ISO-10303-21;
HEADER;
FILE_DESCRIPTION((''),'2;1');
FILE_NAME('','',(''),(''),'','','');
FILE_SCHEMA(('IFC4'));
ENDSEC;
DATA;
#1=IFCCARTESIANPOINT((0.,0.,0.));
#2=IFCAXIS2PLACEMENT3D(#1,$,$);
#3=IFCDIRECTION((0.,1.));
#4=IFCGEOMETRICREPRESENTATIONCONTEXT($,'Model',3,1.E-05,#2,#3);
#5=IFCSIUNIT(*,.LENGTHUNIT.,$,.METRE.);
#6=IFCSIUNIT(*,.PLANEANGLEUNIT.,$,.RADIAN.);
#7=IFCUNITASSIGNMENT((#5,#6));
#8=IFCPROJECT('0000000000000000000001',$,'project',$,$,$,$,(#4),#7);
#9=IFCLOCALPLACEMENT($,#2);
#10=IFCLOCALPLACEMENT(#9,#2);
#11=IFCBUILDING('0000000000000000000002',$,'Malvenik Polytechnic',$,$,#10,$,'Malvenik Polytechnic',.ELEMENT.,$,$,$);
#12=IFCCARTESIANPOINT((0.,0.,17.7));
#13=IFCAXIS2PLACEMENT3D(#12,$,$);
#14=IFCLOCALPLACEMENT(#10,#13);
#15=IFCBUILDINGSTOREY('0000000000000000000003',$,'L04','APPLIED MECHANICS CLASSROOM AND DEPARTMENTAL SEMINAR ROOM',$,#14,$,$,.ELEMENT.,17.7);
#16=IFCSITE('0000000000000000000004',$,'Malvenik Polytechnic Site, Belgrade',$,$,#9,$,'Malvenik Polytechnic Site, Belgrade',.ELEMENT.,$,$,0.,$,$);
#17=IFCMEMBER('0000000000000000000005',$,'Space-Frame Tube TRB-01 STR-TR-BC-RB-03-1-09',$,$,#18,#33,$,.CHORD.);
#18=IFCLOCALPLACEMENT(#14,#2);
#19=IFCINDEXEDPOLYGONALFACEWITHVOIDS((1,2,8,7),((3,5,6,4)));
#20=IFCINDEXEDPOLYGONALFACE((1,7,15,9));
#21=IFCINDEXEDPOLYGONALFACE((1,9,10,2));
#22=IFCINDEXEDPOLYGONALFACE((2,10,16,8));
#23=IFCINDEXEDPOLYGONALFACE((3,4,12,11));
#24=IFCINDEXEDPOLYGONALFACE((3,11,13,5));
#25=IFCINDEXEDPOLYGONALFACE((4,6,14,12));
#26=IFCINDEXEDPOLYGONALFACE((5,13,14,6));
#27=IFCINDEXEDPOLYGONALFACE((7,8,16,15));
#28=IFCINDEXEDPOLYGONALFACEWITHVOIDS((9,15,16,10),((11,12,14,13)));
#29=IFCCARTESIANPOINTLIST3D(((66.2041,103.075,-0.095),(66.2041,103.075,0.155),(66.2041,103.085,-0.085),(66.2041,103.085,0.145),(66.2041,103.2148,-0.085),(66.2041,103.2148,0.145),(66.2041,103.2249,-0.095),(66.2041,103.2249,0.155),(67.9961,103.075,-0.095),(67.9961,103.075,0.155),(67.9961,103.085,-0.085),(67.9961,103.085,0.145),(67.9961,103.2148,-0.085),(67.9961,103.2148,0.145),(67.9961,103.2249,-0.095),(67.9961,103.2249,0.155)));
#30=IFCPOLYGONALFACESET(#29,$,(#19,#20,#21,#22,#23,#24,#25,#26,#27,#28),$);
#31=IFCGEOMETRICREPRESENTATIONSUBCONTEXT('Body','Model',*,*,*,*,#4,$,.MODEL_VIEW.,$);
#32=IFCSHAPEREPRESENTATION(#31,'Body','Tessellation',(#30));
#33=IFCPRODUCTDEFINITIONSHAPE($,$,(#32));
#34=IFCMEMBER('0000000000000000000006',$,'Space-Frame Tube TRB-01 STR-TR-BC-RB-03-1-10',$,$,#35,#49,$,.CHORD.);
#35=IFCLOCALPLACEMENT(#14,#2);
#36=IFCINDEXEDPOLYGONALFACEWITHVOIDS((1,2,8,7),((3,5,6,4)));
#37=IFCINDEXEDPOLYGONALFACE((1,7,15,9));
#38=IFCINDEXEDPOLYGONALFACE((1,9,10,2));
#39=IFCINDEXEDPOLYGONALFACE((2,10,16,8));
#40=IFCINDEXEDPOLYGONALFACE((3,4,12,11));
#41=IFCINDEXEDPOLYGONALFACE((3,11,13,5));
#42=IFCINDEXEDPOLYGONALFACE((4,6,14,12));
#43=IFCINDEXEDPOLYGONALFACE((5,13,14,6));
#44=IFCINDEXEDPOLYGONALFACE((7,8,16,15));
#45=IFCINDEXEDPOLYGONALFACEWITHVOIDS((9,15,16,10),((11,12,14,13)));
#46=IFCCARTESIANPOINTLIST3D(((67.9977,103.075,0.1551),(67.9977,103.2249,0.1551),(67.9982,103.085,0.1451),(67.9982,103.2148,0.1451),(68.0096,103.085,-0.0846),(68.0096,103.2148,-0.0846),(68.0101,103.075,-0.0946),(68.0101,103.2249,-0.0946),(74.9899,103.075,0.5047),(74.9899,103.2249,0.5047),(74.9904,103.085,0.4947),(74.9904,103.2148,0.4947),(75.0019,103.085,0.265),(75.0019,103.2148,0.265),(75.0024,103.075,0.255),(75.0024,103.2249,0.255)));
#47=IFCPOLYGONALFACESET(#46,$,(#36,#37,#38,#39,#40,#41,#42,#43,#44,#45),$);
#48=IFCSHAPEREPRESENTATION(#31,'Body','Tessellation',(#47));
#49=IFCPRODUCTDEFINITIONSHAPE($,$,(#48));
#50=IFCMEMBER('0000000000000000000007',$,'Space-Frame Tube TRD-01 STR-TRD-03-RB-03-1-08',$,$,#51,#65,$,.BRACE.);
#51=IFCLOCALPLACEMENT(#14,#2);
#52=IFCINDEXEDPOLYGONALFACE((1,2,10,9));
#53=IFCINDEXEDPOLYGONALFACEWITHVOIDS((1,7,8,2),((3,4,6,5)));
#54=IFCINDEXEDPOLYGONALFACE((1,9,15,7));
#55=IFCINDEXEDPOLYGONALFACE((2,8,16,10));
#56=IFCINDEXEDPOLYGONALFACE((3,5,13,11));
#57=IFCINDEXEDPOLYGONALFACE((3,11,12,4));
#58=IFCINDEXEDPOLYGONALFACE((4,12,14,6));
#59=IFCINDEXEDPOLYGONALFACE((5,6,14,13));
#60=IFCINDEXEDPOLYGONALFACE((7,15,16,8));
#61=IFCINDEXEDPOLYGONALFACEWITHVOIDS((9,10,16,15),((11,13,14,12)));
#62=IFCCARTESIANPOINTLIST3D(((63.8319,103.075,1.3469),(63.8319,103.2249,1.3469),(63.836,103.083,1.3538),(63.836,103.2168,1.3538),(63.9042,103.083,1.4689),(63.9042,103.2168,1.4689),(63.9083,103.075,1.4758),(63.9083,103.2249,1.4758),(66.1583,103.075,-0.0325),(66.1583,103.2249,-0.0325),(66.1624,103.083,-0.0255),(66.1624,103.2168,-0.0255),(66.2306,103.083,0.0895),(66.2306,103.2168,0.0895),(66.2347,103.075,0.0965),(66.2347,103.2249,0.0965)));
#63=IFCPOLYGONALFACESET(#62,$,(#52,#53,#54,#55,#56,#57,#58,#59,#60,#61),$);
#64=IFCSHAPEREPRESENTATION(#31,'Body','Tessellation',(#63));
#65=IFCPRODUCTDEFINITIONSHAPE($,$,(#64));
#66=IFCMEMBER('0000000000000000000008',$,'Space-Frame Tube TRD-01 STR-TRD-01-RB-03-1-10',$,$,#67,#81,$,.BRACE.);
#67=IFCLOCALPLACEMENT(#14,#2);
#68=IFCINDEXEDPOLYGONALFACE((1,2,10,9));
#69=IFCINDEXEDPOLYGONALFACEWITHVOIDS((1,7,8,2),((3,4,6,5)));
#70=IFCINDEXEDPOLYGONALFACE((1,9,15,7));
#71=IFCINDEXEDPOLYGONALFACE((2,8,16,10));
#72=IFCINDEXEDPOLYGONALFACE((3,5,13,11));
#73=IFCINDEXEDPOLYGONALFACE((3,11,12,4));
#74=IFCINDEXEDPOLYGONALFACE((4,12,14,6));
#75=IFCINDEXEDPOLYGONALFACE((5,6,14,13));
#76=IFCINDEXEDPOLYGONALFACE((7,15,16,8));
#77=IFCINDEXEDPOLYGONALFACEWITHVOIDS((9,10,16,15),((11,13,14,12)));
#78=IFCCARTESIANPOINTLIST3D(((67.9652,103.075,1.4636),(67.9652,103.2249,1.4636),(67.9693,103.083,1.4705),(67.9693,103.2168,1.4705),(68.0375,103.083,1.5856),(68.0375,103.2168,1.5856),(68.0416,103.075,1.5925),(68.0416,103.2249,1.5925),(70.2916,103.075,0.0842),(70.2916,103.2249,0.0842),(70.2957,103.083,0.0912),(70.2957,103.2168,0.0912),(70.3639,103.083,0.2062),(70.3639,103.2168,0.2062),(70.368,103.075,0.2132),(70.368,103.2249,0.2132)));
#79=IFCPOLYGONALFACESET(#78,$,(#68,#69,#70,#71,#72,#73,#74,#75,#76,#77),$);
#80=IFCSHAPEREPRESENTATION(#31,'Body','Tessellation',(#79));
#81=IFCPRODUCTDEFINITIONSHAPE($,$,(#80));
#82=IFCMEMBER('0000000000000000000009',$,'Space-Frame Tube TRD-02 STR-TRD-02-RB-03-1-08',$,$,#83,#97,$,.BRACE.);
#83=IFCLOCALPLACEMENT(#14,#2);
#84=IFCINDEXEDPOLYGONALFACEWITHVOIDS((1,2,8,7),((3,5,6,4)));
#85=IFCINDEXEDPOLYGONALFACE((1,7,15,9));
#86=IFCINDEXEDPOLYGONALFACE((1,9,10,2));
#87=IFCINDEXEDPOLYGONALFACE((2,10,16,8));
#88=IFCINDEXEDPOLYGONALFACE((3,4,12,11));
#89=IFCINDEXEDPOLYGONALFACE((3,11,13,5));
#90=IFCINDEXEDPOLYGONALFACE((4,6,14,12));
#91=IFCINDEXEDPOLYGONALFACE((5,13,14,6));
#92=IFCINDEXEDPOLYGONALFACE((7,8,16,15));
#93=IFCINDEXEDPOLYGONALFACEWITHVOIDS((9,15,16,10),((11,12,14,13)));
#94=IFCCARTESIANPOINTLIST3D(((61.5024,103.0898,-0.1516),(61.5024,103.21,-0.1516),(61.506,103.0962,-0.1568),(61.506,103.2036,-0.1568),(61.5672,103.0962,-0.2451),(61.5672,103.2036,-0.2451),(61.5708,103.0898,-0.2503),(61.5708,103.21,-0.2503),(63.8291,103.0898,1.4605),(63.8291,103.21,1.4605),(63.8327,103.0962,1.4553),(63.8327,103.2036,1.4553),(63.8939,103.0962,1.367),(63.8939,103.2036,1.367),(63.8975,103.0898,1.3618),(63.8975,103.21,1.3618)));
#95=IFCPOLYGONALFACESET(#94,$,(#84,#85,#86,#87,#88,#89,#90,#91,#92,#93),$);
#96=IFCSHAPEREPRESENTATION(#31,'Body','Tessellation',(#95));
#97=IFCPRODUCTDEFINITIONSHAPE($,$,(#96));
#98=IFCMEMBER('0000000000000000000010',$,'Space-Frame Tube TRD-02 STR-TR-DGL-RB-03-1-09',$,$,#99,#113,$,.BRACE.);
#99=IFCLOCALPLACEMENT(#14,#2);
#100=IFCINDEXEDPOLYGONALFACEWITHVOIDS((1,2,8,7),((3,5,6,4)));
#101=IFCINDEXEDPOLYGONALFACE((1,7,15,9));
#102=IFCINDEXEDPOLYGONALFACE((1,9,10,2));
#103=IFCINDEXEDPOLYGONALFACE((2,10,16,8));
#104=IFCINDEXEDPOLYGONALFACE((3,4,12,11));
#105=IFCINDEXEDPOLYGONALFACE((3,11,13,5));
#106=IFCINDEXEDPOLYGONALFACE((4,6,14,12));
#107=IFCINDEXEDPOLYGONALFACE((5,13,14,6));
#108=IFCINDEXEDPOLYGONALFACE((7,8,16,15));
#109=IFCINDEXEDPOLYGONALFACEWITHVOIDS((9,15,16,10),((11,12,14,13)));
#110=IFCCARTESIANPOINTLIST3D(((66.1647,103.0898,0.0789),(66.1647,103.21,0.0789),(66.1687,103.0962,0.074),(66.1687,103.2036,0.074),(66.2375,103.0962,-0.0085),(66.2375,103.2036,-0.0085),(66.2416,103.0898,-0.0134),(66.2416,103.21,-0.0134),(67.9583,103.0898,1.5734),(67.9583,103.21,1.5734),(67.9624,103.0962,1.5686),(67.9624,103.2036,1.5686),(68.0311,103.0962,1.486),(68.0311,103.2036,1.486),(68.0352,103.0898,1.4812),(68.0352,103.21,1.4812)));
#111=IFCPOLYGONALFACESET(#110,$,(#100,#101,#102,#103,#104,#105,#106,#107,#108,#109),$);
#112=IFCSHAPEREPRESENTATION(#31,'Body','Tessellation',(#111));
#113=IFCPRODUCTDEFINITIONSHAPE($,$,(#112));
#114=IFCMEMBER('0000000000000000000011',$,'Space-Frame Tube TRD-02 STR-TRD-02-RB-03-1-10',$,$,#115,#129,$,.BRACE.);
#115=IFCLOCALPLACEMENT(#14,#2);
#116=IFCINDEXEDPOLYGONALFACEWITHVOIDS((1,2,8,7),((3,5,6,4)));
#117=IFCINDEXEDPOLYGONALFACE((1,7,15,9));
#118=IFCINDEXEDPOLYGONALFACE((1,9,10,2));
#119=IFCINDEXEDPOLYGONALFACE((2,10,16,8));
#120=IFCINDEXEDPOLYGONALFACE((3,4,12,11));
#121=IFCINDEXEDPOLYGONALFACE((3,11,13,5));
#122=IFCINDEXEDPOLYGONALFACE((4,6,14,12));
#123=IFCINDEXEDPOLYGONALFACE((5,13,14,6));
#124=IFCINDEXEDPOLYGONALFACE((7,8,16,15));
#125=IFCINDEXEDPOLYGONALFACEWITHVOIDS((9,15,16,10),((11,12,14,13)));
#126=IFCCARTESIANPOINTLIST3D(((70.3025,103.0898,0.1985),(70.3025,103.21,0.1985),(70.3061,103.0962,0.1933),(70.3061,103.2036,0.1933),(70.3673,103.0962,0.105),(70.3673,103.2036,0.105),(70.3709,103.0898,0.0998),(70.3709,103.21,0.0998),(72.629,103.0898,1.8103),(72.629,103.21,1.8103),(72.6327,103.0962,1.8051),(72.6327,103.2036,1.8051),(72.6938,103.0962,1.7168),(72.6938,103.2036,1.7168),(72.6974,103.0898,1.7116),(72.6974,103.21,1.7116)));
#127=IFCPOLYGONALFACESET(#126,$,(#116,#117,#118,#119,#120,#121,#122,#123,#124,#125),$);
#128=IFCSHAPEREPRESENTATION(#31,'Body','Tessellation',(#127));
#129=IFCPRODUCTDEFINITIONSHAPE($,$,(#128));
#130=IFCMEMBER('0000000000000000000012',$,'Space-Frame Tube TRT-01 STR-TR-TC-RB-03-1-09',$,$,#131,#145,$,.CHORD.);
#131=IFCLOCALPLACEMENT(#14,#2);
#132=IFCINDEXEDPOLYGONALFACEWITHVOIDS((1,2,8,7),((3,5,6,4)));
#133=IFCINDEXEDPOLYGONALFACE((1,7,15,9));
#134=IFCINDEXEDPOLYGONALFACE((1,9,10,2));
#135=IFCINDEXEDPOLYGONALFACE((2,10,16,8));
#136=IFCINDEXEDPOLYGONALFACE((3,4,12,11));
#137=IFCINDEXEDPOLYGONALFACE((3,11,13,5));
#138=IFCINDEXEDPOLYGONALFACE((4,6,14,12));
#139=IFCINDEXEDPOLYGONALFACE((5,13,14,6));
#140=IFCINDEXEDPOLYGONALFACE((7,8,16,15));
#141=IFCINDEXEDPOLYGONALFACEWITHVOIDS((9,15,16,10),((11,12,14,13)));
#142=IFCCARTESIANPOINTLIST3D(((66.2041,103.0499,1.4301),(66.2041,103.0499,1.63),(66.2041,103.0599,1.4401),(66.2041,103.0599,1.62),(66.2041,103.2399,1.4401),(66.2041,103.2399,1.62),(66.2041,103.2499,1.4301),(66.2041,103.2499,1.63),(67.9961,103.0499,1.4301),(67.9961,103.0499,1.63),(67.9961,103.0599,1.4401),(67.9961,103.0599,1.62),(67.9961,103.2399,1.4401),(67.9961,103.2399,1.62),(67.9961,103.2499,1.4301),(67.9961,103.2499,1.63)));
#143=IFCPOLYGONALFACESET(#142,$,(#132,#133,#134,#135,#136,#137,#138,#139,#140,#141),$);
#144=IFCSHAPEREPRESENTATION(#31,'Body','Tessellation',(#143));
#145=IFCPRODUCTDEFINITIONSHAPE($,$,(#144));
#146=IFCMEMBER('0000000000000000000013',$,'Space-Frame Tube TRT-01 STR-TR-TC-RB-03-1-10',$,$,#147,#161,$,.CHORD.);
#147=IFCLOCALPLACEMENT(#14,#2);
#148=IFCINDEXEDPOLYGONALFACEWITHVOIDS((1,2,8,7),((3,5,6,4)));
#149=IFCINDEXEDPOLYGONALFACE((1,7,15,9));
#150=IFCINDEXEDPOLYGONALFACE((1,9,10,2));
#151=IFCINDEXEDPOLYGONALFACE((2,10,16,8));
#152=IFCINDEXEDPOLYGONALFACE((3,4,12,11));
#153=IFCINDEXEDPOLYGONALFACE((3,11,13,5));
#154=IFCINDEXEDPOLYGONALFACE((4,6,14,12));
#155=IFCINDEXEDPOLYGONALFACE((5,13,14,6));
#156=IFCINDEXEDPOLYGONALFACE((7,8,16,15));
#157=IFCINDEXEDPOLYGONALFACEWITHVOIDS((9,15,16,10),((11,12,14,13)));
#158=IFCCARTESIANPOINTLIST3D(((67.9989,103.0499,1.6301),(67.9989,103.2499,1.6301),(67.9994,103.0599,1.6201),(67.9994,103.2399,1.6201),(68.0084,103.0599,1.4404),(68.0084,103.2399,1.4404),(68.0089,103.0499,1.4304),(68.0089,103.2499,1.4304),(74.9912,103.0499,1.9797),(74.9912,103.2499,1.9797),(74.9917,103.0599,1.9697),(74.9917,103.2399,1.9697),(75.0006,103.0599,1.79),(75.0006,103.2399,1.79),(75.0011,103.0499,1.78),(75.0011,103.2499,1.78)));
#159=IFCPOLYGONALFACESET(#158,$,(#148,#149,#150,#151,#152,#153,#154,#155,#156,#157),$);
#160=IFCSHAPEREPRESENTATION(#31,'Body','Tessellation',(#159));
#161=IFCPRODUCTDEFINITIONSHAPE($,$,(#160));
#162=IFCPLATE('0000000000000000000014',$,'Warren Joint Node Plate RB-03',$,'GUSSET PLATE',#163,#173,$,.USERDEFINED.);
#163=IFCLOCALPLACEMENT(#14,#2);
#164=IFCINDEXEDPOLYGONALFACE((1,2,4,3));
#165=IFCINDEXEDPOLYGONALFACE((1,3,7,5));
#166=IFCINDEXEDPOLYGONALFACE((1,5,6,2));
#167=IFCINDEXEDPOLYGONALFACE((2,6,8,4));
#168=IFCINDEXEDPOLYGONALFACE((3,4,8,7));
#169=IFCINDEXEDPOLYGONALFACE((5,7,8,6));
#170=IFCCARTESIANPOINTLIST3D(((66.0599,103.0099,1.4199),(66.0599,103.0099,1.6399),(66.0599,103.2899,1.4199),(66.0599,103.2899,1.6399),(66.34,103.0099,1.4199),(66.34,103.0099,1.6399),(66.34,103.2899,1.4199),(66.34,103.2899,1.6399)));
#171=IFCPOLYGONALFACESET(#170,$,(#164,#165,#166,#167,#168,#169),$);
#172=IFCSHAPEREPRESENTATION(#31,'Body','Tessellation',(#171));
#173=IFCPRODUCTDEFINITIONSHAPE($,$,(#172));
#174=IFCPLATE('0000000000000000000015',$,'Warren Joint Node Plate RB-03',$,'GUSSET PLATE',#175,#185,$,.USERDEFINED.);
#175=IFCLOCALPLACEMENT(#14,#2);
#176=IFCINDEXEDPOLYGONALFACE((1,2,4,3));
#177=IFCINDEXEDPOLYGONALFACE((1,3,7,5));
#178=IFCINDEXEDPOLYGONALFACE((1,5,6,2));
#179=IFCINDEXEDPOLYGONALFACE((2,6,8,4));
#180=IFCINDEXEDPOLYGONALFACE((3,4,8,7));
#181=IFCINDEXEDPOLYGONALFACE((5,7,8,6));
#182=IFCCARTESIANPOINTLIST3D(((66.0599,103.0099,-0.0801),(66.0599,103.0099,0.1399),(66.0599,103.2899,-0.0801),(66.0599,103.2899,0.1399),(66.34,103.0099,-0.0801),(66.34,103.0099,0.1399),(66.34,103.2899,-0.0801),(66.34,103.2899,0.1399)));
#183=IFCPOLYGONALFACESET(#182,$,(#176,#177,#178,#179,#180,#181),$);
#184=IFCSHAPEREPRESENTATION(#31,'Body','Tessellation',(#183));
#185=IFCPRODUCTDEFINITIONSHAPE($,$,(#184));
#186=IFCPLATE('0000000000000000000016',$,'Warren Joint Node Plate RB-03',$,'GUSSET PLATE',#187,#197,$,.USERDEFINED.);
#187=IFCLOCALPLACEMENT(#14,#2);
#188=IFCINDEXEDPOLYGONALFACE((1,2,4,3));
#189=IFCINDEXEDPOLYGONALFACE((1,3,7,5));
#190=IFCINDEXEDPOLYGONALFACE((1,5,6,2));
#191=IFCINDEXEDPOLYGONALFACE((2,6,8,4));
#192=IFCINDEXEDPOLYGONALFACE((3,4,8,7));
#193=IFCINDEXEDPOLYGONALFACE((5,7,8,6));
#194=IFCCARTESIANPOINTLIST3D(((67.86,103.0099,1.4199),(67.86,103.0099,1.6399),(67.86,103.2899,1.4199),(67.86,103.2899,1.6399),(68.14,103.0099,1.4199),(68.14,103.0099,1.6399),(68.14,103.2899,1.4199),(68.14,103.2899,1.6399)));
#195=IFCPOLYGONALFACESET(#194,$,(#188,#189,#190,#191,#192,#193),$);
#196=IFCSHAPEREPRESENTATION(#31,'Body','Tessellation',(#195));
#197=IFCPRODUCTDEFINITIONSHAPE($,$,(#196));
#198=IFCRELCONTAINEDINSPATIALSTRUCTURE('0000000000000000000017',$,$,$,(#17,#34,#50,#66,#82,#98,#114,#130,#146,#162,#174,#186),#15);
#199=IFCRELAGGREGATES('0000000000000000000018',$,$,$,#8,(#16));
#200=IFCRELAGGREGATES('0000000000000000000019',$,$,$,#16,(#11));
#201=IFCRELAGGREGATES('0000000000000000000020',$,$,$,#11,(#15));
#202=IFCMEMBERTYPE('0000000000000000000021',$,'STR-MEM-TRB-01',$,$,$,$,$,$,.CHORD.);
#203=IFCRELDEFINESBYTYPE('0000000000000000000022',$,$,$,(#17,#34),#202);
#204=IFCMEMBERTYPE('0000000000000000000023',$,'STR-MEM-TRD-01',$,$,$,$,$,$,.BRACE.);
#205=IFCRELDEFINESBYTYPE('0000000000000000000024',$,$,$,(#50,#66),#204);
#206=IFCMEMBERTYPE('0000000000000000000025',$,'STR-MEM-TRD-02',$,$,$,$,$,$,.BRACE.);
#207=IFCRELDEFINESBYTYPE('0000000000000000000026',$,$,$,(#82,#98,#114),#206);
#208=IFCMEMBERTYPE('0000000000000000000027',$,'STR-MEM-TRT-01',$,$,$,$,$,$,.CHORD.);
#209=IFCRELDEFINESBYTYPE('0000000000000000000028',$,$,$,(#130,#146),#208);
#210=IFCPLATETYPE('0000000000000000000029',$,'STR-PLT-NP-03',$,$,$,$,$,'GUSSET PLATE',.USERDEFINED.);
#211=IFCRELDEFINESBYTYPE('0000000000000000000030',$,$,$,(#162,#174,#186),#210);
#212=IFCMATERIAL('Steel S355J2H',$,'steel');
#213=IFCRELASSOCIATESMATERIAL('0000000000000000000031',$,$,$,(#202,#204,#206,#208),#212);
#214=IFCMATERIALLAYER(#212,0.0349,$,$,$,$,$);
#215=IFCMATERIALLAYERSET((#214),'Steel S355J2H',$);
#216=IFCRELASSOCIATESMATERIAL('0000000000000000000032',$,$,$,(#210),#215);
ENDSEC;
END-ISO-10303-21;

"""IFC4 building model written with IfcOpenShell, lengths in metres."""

from ifc_helpers import new_model, si_unit, direction, frame, origin, origin_2d, place, context, subcontext, project, spatial, rectangle, hollow_rectangle, extrude, material, layer, layer_set, material_profile, profile_set, type_object, element, save


model = new_model("IFC4")

# Units and contexts
model_context = context("Model", 3, precision=1e-05, world=origin(), true_north=direction((0.0, 1.0)))
body_context = subcontext(model_context, "Body", "Model", "MODEL_VIEW")
ifc_project = project(units=[si_unit("LENGTHUNIT", "METRE"), si_unit("PLANEANGLEUNIT", "RADIAN")], contexts=[model_context])

# Site, building, storey
site_placement = place(None, origin())
site = spatial("IfcSite", under=ifc_project, at=site_placement, Name="Malvenik Polytechnic Site, Belgrade", LongName="Malvenik Polytechnic Site, Belgrade", CompositionType="ELEMENT", RefElevation=0.0)
building_placement = place(site_placement, origin())
building = spatial("IfcBuilding", under=site, at=building_placement, Name="Malvenik Polytechnic", LongName="Malvenik Polytechnic", CompositionType="ELEMENT")
storey_placement = place(building_placement, frame((0.0, 0.0, 17.7)))
storey = spatial("IfcBuildingStorey", under=building, at=storey_placement, Name="L04", Description="APPLIED MECHANICS CLASSROOM AND DEPARTMENTAL SEMINAR ROOM", CompositionType="ELEMENT", Elevation=17.7)

# Shared definitions
ifc_material_1 = material(Name="Steel S355J2H", Category="steel")

# Members
ifc_material_profile_1 = material_profile(ifc_material_1, hollow_rectangle(XDim=0.1499, YDim=0.25, WallThickness=0.01, at=origin_2d()), Name="RHS 250x150x10.0")
ifc_profile_set_1 = profile_set([ifc_material_profile_1], Name="Steel S355J2H")
member_type_1 = type_object("IfcMemberType", Name="STR-MEM-TRB-01", PredefinedType="CHORD", material=ifc_profile_set_1)
member_1_placement = place(storey_placement, frame((66.2041, 103.1499, 0.03), z_axis=(1.0, 0.0, 0.0), x_axis=(0.0, 1.0, 0.0)))
element("IfcMember", 1, at=member_1_placement, inside=storey, type_object=member_type_1, Name="Space-Frame Tube TRB-01 STR-TR-BC-RB-03-1-09", PredefinedType="CHORD", context=body_context, shape_type="SweptSolid", body=[
    extrude(hollow_rectangle(XDim=0.1499, YDim=0.25, WallThickness=0.01, at=origin_2d()), origin(), (0.0, 0.0, 1.0), 1.792),
])
member_2_placement = place(storey_placement, frame((68.0039, 103.1499, 0.0303), z_axis=(0.998752, 0.0, 0.049938), x_axis=(0.0, 1.0, 0.0)))
element("IfcMember", 2, at=member_2_placement, inside=storey, type_object=member_type_1, Name="Space-Frame Tube TRB-01 STR-TR-BC-RB-03-1-10", PredefinedType="CHORD", context=body_context, shape_type="SweptSolid", body=[
    extrude(hollow_rectangle(XDim=0.1499, YDim=0.25, WallThickness=0.01, at=origin_2d()), origin(), (0.0, 0.0, 1.0), 7.001),
])
ifc_material_profile_2 = material_profile(ifc_material_1, hollow_rectangle(XDim=0.1499, YDim=0.1499, WallThickness=0.0081, at=origin_2d()), Name="SHS 150x150x8.0")
ifc_profile_set_2 = profile_set([ifc_material_profile_2], Name="Steel S355J2H")
member_type_2 = type_object("IfcMemberType", Name="STR-MEM-TRD-01", PredefinedType="BRACE", material=ifc_profile_set_2)
for number, where, z_axis, x_axis, name in (
    (3, (63.8701, 103.1499, 1.4114), (0.860165, 0.0, -0.510015), (0.0, 1.0, 0.0), "Space-Frame Tube TRD-01 STR-TRD-03-RB-03-1-08"),
    (4, (68.0034, 103.1499, 1.5281), (0.860165, 0.0, -0.510015), (0.0, 1.0, 0.0), "Space-Frame Tube TRD-01 STR-TRD-01-RB-03-1-10"),
):
    element("IfcMember", number, at=place(storey_placement, frame(where, z_axis=z_axis, x_axis=x_axis)), inside=storey, type_object=member_type_2, Name=name, PredefinedType="BRACE", context=body_context, shape_type="SweptSolid", body=[
        extrude(hollow_rectangle(XDim=0.1499, YDim=0.1499, WallThickness=0.0081, at=origin_2d()), origin(), (0.0, 0.0, 1.0), 2.7046),
    ])
ifc_material_profile_3 = material_profile(ifc_material_1, hollow_rectangle(XDim=0.1201, YDim=0.1201, WallThickness=0.0063, at=origin_2d()), Name="SHS 120x120x6.3")
ifc_profile_set_3 = profile_set([ifc_material_profile_3], Name="Steel S355J2H")
member_type_3 = type_object("IfcMemberType", Name="STR-MEM-TRD-02", PredefinedType="BRACE", material=ifc_profile_set_3)
member_3_placement = place(storey_placement, frame((61.5366, 103.1499, -0.2009), z_axis=(0.821978, 0.0, 0.569519), x_axis=(0.0, 1.0, 0.0)))
element("IfcMember", 5, at=member_3_placement, inside=storey, type_object=member_type_3, Name="Space-Frame Tube TRD-02 STR-TRD-02-RB-03-1-08", PredefinedType="BRACE", context=body_context, shape_type="SweptSolid", body=[
    extrude(hollow_rectangle(XDim=0.1201, YDim=0.1201, WallThickness=0.0063, at=origin_2d()), origin(), (0.0, 0.0, 1.0), 2.8306),
])
member_4_placement = place(storey_placement, frame((66.2031, 103.1499, 0.0327), z_axis=(0.768247, 0.0, 0.640154), x_axis=(0.0, 1.0, 0.0)))
element("IfcMember", 6, at=member_4_placement, inside=storey, type_object=member_type_3, Name="Space-Frame Tube TRD-02 STR-TR-DGL-RB-03-1-09", PredefinedType="BRACE", context=body_context, shape_type="SweptSolid", body=[
    extrude(hollow_rectangle(XDim=0.1201, YDim=0.1201, WallThickness=0.0063, at=origin_2d()), origin(), (0.0, 0.0, 1.0), 2.3347),
])
member_5_placement = place(storey_placement, frame((70.3367, 103.1499, 0.1492), z_axis=(0.822018, 0.0, 0.569461), x_axis=(0.0, 1.0, 0.0)))
element("IfcMember", 7, at=member_5_placement, inside=storey, type_object=member_type_3, Name="Space-Frame Tube TRD-02 STR-TRD-02-RB-03-1-10", PredefinedType="BRACE", context=body_context, shape_type="SweptSolid", body=[
    extrude(hollow_rectangle(XDim=0.1201, YDim=0.1201, WallThickness=0.0063, at=origin_2d()), origin(), (0.0, 0.0, 1.0), 2.8303),
])
ifc_material_profile_4 = material_profile(ifc_material_1, hollow_rectangle(XDim=0.2, YDim=0.2, WallThickness=0.01, at=origin_2d()), Name="SHS 200x200x10.0")
ifc_profile_set_4 = profile_set([ifc_material_profile_4], Name="Steel S355J2H")
member_type_4 = type_object("IfcMemberType", Name="STR-MEM-TRT-01", PredefinedType="CHORD", material=ifc_profile_set_4)
member_6_placement = place(storey_placement, frame((66.2041, 103.1499, 1.53), z_axis=(1.0, 0.0, 0.0), x_axis=(0.0, 1.0, 0.0)))
element("IfcMember", 8, at=member_6_placement, inside=storey, type_object=member_type_4, Name="Space-Frame Tube TRT-01 STR-TR-TC-RB-03-1-09", PredefinedType="CHORD", context=body_context, shape_type="SweptSolid", body=[
    extrude(hollow_rectangle(XDim=0.2, YDim=0.2, WallThickness=0.01, at=origin_2d()), origin(), (0.0, 0.0, 1.0), 1.792),
])
member_7_placement = place(storey_placement, frame((68.0039, 103.1499, 1.5303), z_axis=(0.998752, 0.0, 0.049938), x_axis=(0.0, 1.0, 0.0)))
element("IfcMember", 9, at=member_7_placement, inside=storey, type_object=member_type_4, Name="Space-Frame Tube TRT-01 STR-TR-TC-RB-03-1-10", PredefinedType="CHORD", context=body_context, shape_type="SweptSolid", body=[
    extrude(hollow_rectangle(XDim=0.2, YDim=0.2, WallThickness=0.01, at=origin_2d()), origin(), (0.0, 0.0, 1.0), 7.001),
])

# Plates
ifc_layer_1 = layer(ifc_material_1, 0.0349)
ifc_layer_set_1 = layer_set([ifc_layer_1], Name="Steel S355J2H")
plate_type = type_object("IfcPlateType", Name="STR-PLT-NP-03", ElementType="GUSSET PLATE", PredefinedType="USERDEFINED", material=ifc_layer_set_1)
for number, where, z_axis, x_axis, name in (
    (10, (66.2, 103.1499, 1.4199), (0.0, 0.0, 1.0), (1.0, 0.0, 0.0), "Warren Joint Node Plate RB-03"),
    (11, (66.2, 103.1499, -0.0801), (0.0, 0.0, 1.0), (1.0, 0.0, 0.0), "Warren Joint Node Plate RB-03"),
    (12, (68.0, 103.1499, 1.4199), (0.0, 0.0, 1.0), (1.0, 0.0, 0.0), "Warren Joint Node Plate RB-03"),
):
    element("IfcPlate", number, at=place(storey_placement, frame(where, z_axis=z_axis, x_axis=x_axis)), inside=storey, type_object=plate_type, Name=name, ObjectType="GUSSET PLATE", PredefinedType="USERDEFINED", context=body_context, shape_type="SweptSolid", body=[
        extrude(rectangle(XDim=0.28, YDim=0.28, at=origin_2d()), origin(), (0.0, 0.0, 1.0), 0.22),
    ])

save(model, "model.ifc")
